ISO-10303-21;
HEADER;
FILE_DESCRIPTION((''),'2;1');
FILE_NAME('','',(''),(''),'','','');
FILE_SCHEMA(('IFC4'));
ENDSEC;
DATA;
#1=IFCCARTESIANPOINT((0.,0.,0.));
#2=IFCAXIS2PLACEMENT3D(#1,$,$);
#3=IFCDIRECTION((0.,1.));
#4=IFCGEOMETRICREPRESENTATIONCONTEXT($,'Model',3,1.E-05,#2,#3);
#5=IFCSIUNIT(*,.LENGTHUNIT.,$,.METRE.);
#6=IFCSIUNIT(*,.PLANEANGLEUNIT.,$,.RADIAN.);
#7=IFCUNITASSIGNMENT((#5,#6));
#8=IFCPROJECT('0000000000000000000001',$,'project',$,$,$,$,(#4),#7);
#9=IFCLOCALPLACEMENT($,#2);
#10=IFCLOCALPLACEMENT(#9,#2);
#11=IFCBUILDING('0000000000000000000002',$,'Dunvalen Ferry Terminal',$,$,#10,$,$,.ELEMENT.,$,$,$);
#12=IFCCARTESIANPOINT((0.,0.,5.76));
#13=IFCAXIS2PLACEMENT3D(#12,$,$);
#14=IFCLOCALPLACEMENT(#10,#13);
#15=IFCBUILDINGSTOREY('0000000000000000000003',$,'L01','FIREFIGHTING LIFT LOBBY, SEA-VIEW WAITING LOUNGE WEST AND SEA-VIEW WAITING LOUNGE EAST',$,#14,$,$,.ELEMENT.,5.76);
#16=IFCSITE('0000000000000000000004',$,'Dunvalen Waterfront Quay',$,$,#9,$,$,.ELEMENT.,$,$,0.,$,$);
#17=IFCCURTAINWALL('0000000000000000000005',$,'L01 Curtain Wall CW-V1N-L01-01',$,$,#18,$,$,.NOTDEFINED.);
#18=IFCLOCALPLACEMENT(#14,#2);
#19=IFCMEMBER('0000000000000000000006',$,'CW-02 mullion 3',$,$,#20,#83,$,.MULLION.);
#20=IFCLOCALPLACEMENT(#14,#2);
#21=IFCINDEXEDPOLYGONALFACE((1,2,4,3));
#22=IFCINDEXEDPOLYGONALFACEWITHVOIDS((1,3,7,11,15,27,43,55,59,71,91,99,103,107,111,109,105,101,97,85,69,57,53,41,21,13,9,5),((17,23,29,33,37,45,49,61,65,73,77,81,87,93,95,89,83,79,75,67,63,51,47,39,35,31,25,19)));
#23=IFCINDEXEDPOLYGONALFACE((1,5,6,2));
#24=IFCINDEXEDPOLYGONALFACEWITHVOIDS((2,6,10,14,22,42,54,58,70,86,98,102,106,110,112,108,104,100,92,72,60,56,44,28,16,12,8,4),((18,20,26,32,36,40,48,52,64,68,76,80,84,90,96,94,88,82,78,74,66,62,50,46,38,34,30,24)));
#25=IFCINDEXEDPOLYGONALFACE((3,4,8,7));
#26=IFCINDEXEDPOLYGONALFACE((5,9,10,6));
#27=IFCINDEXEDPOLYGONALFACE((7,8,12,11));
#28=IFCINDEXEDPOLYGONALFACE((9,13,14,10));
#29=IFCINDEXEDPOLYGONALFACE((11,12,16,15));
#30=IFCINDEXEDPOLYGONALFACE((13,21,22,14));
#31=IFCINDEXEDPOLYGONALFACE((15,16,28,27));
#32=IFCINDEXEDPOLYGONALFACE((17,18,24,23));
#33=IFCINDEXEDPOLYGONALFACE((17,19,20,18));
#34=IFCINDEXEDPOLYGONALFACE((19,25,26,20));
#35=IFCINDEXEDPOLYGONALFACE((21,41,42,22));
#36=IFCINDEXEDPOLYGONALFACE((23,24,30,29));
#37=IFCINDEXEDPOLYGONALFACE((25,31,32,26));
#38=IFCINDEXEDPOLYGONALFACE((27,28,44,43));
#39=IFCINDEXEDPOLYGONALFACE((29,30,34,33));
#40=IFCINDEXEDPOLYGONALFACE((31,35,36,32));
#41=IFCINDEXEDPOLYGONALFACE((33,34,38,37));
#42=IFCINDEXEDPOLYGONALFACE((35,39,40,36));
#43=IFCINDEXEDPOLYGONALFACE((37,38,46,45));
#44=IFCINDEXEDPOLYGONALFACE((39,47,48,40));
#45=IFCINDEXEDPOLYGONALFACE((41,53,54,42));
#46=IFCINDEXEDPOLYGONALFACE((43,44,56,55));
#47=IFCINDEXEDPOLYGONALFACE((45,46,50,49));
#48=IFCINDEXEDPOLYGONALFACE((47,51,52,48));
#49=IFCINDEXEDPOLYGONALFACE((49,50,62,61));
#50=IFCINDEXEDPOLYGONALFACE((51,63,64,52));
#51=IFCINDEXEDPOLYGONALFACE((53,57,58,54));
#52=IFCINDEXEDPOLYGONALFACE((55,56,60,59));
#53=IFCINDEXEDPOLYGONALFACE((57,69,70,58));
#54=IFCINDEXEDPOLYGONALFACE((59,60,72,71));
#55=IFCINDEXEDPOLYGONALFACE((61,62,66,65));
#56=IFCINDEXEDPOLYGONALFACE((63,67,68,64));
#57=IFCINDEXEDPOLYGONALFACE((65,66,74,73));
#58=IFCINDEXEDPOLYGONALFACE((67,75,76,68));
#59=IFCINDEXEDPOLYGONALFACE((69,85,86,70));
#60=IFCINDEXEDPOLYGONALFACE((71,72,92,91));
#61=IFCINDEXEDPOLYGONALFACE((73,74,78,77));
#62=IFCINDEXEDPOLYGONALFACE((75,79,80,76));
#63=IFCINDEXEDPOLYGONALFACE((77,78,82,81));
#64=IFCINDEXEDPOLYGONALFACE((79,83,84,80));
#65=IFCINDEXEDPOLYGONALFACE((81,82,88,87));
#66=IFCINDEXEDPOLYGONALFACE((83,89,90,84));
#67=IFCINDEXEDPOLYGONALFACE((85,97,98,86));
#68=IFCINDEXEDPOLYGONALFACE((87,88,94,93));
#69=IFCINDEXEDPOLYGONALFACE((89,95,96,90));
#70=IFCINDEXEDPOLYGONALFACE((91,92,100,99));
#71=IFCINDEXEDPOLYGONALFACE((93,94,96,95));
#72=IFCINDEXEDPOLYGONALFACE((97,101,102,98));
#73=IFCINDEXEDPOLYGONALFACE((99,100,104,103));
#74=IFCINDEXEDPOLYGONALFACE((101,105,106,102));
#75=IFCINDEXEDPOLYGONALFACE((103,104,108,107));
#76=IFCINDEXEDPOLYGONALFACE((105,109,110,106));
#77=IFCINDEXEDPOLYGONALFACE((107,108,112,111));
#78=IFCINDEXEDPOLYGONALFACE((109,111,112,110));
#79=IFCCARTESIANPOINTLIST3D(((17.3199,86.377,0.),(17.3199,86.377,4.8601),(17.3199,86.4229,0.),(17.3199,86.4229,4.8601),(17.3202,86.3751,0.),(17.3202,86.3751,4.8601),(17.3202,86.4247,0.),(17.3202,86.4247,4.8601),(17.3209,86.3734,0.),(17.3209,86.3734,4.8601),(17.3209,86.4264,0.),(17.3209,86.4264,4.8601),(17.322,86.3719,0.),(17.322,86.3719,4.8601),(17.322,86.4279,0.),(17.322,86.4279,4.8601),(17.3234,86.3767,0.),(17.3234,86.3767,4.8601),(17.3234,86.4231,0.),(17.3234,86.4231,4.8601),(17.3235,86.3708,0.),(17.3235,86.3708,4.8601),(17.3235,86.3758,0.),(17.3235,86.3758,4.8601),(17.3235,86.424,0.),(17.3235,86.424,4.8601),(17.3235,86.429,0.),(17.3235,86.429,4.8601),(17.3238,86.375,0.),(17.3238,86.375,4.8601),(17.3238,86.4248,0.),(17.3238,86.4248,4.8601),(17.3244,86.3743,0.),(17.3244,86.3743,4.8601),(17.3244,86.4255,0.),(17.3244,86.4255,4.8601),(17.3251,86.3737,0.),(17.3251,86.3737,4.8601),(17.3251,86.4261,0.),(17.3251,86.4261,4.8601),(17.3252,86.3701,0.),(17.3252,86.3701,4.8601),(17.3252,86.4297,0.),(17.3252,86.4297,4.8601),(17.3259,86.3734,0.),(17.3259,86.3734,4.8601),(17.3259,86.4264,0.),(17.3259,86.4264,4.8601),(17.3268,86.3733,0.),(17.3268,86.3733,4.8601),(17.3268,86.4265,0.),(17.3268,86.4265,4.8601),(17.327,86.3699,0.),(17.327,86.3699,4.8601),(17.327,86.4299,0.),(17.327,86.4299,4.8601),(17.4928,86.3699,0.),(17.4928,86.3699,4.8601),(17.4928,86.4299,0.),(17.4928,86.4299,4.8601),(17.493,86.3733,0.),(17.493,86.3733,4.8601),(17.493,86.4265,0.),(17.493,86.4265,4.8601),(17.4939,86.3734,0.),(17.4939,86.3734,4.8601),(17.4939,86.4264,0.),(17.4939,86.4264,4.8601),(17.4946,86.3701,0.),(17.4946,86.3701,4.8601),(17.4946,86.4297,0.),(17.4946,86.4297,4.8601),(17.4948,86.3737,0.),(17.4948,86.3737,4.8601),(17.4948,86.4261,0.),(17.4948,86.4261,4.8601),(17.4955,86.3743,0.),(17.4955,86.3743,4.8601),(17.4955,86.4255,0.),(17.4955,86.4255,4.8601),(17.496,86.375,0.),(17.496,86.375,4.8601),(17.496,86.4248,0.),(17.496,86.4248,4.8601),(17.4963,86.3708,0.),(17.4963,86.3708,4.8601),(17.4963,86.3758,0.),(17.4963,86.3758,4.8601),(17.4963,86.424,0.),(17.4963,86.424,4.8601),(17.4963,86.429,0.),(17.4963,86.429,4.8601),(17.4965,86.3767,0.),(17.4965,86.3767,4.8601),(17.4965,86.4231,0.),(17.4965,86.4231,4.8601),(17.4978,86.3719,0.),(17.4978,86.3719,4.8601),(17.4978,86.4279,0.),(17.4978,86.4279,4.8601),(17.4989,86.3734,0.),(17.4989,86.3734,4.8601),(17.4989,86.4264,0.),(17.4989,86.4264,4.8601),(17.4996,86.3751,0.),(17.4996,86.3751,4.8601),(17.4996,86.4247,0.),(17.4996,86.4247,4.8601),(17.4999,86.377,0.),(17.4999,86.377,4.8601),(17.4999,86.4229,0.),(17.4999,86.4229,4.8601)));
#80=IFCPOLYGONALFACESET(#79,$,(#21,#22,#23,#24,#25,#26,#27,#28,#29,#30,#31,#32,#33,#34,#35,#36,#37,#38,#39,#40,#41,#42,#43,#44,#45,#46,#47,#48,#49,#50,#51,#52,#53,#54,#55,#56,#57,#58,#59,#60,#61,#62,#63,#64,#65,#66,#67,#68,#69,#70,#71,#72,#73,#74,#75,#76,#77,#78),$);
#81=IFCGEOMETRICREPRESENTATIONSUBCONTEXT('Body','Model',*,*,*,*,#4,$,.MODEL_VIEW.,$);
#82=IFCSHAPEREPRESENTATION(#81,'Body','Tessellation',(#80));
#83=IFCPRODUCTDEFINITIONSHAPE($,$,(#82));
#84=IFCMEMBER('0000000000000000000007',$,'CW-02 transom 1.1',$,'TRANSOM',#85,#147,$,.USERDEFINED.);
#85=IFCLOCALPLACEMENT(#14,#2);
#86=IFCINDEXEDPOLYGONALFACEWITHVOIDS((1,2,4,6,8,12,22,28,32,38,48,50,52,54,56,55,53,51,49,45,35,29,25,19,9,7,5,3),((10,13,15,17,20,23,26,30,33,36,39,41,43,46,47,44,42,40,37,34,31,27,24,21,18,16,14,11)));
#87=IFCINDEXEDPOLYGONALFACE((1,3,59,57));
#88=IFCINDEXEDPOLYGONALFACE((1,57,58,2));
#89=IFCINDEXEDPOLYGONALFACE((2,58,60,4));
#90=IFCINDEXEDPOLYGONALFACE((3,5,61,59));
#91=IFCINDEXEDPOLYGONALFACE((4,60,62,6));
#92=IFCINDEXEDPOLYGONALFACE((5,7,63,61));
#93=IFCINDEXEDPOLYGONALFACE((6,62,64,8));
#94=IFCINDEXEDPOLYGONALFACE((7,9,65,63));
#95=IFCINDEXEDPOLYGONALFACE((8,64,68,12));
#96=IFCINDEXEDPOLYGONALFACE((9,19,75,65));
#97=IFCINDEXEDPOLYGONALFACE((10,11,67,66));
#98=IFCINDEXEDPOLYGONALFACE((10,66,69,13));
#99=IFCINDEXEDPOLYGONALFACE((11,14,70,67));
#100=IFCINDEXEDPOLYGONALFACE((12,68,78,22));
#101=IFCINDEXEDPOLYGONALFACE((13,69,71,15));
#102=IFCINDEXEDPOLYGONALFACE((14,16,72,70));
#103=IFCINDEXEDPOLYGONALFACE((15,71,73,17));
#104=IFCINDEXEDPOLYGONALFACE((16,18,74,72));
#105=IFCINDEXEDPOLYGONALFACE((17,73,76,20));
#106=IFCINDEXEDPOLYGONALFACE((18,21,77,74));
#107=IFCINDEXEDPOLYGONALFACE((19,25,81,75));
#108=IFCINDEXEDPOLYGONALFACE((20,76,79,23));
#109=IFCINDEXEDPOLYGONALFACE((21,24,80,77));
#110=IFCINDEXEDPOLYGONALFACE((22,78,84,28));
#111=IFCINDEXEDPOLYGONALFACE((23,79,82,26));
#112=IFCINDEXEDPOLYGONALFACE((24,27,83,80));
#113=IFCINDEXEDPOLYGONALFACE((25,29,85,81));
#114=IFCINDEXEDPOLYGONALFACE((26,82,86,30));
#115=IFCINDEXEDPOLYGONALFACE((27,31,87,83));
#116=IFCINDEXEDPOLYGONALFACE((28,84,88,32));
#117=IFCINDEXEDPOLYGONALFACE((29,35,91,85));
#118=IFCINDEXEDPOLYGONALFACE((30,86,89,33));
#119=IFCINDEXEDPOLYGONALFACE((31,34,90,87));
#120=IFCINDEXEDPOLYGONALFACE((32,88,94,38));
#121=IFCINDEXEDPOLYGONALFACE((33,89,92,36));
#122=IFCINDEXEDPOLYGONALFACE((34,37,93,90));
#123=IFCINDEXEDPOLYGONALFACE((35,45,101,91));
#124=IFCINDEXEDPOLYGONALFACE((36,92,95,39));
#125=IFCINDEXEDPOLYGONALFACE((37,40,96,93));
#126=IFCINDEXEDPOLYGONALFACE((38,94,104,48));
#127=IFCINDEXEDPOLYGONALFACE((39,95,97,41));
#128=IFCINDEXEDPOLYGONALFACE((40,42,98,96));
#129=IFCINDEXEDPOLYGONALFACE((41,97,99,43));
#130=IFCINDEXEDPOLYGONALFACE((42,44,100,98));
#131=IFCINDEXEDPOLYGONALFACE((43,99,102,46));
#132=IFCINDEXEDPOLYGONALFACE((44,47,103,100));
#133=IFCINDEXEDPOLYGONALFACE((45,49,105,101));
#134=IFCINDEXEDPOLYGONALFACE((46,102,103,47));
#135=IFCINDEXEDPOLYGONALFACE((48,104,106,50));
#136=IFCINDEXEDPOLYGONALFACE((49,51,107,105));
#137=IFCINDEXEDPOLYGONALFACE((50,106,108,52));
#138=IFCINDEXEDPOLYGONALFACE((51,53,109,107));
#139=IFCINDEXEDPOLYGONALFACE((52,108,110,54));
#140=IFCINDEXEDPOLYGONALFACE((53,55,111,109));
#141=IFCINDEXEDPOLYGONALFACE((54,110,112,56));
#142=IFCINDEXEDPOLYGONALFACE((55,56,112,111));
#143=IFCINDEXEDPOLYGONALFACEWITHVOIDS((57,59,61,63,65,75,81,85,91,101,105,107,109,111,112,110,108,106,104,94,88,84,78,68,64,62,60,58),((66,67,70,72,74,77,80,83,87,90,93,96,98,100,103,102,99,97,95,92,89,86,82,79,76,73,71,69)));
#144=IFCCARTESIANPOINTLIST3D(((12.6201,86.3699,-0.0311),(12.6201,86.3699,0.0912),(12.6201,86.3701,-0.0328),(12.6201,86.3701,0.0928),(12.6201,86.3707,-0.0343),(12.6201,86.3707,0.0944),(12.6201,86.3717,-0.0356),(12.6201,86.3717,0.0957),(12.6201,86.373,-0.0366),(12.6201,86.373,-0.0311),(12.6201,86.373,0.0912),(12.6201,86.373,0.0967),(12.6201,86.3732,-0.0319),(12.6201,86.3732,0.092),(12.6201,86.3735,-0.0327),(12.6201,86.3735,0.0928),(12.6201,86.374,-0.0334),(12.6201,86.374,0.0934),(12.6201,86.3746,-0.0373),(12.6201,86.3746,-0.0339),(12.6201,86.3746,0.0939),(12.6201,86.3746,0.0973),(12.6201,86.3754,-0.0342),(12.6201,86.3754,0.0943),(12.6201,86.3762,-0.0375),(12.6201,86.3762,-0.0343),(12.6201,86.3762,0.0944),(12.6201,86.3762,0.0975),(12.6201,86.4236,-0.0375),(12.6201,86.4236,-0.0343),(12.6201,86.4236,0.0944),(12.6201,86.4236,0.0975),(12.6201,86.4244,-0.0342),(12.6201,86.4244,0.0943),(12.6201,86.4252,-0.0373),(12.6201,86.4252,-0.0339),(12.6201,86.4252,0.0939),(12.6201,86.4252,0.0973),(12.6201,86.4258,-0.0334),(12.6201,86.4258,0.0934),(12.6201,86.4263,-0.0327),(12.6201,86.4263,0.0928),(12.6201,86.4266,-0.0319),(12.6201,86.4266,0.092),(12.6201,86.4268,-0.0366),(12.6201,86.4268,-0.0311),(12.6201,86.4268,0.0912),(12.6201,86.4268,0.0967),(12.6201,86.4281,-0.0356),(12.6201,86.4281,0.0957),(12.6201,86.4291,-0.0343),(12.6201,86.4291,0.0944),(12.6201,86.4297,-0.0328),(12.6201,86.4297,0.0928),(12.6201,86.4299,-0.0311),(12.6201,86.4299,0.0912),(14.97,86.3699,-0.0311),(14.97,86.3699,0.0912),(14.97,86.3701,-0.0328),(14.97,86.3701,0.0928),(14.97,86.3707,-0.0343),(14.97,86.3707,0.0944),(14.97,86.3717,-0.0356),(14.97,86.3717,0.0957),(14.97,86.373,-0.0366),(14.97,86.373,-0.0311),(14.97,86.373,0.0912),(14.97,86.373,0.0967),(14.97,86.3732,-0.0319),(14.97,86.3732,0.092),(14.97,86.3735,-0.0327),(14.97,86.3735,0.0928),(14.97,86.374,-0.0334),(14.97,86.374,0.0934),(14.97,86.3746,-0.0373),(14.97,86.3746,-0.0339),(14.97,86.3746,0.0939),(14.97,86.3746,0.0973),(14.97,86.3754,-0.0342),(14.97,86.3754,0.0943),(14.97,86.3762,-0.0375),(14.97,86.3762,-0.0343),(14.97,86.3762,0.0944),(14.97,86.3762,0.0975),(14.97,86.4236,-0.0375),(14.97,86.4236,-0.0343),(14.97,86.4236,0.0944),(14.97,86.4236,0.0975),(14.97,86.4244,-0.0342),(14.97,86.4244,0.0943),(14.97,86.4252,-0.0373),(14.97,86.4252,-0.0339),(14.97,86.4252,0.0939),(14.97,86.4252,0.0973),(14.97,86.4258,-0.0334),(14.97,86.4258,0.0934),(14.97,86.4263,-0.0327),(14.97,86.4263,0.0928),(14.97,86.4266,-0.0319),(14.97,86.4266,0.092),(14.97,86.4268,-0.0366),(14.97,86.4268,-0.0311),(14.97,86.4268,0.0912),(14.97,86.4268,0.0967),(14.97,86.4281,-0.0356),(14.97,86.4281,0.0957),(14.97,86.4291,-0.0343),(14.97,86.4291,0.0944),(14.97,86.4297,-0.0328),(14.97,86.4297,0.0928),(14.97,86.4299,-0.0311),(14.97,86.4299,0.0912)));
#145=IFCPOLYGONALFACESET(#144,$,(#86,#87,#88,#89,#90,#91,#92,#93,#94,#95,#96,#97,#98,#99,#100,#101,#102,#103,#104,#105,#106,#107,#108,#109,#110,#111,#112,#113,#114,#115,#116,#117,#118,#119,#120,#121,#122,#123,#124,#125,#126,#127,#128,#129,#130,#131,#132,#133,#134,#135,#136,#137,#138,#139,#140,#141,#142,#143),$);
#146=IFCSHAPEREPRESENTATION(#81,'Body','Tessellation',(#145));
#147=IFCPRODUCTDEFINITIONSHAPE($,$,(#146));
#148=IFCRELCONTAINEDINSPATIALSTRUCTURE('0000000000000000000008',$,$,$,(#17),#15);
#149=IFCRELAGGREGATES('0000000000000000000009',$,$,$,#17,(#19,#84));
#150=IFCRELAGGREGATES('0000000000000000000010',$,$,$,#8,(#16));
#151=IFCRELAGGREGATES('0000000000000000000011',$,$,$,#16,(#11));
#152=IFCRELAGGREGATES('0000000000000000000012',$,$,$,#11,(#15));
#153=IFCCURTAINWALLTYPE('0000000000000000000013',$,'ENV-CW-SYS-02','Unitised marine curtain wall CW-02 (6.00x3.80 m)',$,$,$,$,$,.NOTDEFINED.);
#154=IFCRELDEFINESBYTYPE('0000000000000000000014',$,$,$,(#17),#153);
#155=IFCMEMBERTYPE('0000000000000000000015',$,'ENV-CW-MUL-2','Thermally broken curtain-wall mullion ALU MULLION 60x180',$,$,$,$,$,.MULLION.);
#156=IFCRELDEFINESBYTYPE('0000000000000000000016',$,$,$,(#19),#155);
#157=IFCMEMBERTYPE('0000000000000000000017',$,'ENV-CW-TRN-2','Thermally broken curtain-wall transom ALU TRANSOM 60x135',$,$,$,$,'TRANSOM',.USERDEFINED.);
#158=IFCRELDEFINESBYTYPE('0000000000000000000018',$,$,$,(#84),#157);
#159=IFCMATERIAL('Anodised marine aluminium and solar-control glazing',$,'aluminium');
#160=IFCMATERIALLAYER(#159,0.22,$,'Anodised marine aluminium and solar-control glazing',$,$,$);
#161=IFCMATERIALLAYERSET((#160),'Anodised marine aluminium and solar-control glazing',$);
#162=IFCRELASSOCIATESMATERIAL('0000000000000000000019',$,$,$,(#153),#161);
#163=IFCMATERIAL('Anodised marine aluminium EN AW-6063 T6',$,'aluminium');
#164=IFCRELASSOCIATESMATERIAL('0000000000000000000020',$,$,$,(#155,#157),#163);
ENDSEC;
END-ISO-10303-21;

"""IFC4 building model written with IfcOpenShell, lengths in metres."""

from ifc_helpers import new_model, si_unit, direction, frame, origin, origin_2d, place, context, subcontext, project, spatial, hollow_rectangle, extrude, material, layer, layer_set, material_profile, profile_set, type_object, element, aggregate, save


model = new_model("IFC4")

# Units and contexts
model_context = context("Model", 3, precision=1e-05, world=origin(), true_north=direction((0.0, 1.0)))
body_context = subcontext(model_context, "Body", "Model", "MODEL_VIEW")
ifc_project = project(units=[si_unit("LENGTHUNIT", "METRE"), si_unit("PLANEANGLEUNIT", "RADIAN")], contexts=[model_context])

# Site, building, storey
site_placement = place(None, origin())
site = spatial("IfcSite", under=ifc_project, at=site_placement, Name="Dunvalen Waterfront Quay", CompositionType="ELEMENT", RefElevation=0.0)
building_placement = place(site_placement, origin())
building = spatial("IfcBuilding", under=site, at=building_placement, Name="Dunvalen Ferry Terminal", CompositionType="ELEMENT")
storey_placement = place(building_placement, frame((0.0, 0.0, 5.76)))
storey = spatial("IfcBuildingStorey", under=building, at=storey_placement, Name="L01", Description="FIREFIGHTING LIFT LOBBY, SEA-VIEW WAITING LOUNGE WEST AND SEA-VIEW WAITING LOUNGE EAST", CompositionType="ELEMENT", Elevation=5.76)

# Curtain wall, members
ifc_material_1 = material(Name="Anodised marine aluminium and solar-control glazing", Category="aluminium")
ifc_layer_1 = layer(ifc_material_1, 0.22, Name="Anodised marine aluminium and solar-control glazing")
ifc_layer_set_1 = layer_set([ifc_layer_1], Name="Anodised marine aluminium and solar-control glazing")
curtain_wall_type = type_object("IfcCurtainWallType", Name="ENV-CW-SYS-02", Description="Unitised marine curtain wall CW-02 (6.00x3.80 m)", PredefinedType="NOTDEFINED", material=ifc_layer_set_1)
curtain_wall_placement = place(storey_placement, origin())
curtain_wall = element("IfcCurtainWall", 1, at=curtain_wall_placement, inside=storey, type_object=curtain_wall_type, Name="L01 Curtain Wall CW-V1N-L01-01", PredefinedType="NOTDEFINED")
ifc_material_2 = material(Name="Anodised marine aluminium EN AW-6063 T6", Category="aluminium")
ifc_material_profile_1 = material_profile(ifc_material_2, hollow_rectangle(XDim=0.0601, YDim=0.1799, WallThickness=0.0034, InnerFilletRadius=0.0034, OuterFilletRadius=0.0071, at=origin_2d()), Name="Anodised marine aluminium EN AW-6063 T6")
ifc_profile_set_1 = profile_set([ifc_material_profile_1], Name="Anodised marine aluminium EN AW-6063 T6")
member_type_1 = type_object("IfcMemberType", Name="ENV-CW-MUL-2", Description="Thermally broken curtain-wall mullion ALU MULLION 60x180", PredefinedType="MULLION", material=ifc_profile_set_1)
member_1_placement = place(storey_placement, frame((17.4099, 86.3999, 0.0), z_axis=(0.0, 0.0, 1.0), x_axis=(0.0, 1.0, 0.0)))
member_1 = element("IfcMember", 2, at=member_1_placement, type_object=member_type_1, Name="CW-02 mullion 3", PredefinedType="MULLION", context=body_context, shape_type="SweptSolid", body=[
    extrude(hollow_rectangle(XDim=0.0601, YDim=0.1799, WallThickness=0.0034, InnerFilletRadius=0.0034, OuterFilletRadius=0.0071, at=origin_2d()), origin(), (0.0, 0.0, 1.0), 4.8601),
])
ifc_material_profile_2 = material_profile(ifc_material_2, hollow_rectangle(XDim=0.0601, YDim=0.135, WallThickness=0.0032, InnerFilletRadius=0.0032, OuterFilletRadius=0.0063, at=origin_2d()), Name="Anodised marine aluminium EN AW-6063 T6")
ifc_profile_set_2 = profile_set([ifc_material_profile_2], Name="Anodised marine aluminium EN AW-6063 T6")
member_type_2 = type_object("IfcMemberType", Name="ENV-CW-TRN-2", Description="Thermally broken curtain-wall transom ALU TRANSOM 60x135", ElementType="TRANSOM", PredefinedType="USERDEFINED", material=ifc_profile_set_2)
member_2_placement = place(storey_placement, frame((12.6201, 86.3999, 0.03), z_axis=(1.0, 0.0, 0.0), x_axis=(0.0, 1.0, 0.0)))
member_2 = element("IfcMember", 3, at=member_2_placement, type_object=member_type_2, Name="CW-02 transom 1.1", ObjectType="TRANSOM", PredefinedType="USERDEFINED", context=body_context, shape_type="SweptSolid", body=[
    extrude(hollow_rectangle(XDim=0.0601, YDim=0.135, WallThickness=0.0032, InnerFilletRadius=0.0032, OuterFilletRadius=0.0063, at=origin_2d()), origin(), (0.0, 0.0, 1.0), 2.3499),
])

aggregate(curtain_wall, [member_1, member_2])

save(model, "model.ifc")
